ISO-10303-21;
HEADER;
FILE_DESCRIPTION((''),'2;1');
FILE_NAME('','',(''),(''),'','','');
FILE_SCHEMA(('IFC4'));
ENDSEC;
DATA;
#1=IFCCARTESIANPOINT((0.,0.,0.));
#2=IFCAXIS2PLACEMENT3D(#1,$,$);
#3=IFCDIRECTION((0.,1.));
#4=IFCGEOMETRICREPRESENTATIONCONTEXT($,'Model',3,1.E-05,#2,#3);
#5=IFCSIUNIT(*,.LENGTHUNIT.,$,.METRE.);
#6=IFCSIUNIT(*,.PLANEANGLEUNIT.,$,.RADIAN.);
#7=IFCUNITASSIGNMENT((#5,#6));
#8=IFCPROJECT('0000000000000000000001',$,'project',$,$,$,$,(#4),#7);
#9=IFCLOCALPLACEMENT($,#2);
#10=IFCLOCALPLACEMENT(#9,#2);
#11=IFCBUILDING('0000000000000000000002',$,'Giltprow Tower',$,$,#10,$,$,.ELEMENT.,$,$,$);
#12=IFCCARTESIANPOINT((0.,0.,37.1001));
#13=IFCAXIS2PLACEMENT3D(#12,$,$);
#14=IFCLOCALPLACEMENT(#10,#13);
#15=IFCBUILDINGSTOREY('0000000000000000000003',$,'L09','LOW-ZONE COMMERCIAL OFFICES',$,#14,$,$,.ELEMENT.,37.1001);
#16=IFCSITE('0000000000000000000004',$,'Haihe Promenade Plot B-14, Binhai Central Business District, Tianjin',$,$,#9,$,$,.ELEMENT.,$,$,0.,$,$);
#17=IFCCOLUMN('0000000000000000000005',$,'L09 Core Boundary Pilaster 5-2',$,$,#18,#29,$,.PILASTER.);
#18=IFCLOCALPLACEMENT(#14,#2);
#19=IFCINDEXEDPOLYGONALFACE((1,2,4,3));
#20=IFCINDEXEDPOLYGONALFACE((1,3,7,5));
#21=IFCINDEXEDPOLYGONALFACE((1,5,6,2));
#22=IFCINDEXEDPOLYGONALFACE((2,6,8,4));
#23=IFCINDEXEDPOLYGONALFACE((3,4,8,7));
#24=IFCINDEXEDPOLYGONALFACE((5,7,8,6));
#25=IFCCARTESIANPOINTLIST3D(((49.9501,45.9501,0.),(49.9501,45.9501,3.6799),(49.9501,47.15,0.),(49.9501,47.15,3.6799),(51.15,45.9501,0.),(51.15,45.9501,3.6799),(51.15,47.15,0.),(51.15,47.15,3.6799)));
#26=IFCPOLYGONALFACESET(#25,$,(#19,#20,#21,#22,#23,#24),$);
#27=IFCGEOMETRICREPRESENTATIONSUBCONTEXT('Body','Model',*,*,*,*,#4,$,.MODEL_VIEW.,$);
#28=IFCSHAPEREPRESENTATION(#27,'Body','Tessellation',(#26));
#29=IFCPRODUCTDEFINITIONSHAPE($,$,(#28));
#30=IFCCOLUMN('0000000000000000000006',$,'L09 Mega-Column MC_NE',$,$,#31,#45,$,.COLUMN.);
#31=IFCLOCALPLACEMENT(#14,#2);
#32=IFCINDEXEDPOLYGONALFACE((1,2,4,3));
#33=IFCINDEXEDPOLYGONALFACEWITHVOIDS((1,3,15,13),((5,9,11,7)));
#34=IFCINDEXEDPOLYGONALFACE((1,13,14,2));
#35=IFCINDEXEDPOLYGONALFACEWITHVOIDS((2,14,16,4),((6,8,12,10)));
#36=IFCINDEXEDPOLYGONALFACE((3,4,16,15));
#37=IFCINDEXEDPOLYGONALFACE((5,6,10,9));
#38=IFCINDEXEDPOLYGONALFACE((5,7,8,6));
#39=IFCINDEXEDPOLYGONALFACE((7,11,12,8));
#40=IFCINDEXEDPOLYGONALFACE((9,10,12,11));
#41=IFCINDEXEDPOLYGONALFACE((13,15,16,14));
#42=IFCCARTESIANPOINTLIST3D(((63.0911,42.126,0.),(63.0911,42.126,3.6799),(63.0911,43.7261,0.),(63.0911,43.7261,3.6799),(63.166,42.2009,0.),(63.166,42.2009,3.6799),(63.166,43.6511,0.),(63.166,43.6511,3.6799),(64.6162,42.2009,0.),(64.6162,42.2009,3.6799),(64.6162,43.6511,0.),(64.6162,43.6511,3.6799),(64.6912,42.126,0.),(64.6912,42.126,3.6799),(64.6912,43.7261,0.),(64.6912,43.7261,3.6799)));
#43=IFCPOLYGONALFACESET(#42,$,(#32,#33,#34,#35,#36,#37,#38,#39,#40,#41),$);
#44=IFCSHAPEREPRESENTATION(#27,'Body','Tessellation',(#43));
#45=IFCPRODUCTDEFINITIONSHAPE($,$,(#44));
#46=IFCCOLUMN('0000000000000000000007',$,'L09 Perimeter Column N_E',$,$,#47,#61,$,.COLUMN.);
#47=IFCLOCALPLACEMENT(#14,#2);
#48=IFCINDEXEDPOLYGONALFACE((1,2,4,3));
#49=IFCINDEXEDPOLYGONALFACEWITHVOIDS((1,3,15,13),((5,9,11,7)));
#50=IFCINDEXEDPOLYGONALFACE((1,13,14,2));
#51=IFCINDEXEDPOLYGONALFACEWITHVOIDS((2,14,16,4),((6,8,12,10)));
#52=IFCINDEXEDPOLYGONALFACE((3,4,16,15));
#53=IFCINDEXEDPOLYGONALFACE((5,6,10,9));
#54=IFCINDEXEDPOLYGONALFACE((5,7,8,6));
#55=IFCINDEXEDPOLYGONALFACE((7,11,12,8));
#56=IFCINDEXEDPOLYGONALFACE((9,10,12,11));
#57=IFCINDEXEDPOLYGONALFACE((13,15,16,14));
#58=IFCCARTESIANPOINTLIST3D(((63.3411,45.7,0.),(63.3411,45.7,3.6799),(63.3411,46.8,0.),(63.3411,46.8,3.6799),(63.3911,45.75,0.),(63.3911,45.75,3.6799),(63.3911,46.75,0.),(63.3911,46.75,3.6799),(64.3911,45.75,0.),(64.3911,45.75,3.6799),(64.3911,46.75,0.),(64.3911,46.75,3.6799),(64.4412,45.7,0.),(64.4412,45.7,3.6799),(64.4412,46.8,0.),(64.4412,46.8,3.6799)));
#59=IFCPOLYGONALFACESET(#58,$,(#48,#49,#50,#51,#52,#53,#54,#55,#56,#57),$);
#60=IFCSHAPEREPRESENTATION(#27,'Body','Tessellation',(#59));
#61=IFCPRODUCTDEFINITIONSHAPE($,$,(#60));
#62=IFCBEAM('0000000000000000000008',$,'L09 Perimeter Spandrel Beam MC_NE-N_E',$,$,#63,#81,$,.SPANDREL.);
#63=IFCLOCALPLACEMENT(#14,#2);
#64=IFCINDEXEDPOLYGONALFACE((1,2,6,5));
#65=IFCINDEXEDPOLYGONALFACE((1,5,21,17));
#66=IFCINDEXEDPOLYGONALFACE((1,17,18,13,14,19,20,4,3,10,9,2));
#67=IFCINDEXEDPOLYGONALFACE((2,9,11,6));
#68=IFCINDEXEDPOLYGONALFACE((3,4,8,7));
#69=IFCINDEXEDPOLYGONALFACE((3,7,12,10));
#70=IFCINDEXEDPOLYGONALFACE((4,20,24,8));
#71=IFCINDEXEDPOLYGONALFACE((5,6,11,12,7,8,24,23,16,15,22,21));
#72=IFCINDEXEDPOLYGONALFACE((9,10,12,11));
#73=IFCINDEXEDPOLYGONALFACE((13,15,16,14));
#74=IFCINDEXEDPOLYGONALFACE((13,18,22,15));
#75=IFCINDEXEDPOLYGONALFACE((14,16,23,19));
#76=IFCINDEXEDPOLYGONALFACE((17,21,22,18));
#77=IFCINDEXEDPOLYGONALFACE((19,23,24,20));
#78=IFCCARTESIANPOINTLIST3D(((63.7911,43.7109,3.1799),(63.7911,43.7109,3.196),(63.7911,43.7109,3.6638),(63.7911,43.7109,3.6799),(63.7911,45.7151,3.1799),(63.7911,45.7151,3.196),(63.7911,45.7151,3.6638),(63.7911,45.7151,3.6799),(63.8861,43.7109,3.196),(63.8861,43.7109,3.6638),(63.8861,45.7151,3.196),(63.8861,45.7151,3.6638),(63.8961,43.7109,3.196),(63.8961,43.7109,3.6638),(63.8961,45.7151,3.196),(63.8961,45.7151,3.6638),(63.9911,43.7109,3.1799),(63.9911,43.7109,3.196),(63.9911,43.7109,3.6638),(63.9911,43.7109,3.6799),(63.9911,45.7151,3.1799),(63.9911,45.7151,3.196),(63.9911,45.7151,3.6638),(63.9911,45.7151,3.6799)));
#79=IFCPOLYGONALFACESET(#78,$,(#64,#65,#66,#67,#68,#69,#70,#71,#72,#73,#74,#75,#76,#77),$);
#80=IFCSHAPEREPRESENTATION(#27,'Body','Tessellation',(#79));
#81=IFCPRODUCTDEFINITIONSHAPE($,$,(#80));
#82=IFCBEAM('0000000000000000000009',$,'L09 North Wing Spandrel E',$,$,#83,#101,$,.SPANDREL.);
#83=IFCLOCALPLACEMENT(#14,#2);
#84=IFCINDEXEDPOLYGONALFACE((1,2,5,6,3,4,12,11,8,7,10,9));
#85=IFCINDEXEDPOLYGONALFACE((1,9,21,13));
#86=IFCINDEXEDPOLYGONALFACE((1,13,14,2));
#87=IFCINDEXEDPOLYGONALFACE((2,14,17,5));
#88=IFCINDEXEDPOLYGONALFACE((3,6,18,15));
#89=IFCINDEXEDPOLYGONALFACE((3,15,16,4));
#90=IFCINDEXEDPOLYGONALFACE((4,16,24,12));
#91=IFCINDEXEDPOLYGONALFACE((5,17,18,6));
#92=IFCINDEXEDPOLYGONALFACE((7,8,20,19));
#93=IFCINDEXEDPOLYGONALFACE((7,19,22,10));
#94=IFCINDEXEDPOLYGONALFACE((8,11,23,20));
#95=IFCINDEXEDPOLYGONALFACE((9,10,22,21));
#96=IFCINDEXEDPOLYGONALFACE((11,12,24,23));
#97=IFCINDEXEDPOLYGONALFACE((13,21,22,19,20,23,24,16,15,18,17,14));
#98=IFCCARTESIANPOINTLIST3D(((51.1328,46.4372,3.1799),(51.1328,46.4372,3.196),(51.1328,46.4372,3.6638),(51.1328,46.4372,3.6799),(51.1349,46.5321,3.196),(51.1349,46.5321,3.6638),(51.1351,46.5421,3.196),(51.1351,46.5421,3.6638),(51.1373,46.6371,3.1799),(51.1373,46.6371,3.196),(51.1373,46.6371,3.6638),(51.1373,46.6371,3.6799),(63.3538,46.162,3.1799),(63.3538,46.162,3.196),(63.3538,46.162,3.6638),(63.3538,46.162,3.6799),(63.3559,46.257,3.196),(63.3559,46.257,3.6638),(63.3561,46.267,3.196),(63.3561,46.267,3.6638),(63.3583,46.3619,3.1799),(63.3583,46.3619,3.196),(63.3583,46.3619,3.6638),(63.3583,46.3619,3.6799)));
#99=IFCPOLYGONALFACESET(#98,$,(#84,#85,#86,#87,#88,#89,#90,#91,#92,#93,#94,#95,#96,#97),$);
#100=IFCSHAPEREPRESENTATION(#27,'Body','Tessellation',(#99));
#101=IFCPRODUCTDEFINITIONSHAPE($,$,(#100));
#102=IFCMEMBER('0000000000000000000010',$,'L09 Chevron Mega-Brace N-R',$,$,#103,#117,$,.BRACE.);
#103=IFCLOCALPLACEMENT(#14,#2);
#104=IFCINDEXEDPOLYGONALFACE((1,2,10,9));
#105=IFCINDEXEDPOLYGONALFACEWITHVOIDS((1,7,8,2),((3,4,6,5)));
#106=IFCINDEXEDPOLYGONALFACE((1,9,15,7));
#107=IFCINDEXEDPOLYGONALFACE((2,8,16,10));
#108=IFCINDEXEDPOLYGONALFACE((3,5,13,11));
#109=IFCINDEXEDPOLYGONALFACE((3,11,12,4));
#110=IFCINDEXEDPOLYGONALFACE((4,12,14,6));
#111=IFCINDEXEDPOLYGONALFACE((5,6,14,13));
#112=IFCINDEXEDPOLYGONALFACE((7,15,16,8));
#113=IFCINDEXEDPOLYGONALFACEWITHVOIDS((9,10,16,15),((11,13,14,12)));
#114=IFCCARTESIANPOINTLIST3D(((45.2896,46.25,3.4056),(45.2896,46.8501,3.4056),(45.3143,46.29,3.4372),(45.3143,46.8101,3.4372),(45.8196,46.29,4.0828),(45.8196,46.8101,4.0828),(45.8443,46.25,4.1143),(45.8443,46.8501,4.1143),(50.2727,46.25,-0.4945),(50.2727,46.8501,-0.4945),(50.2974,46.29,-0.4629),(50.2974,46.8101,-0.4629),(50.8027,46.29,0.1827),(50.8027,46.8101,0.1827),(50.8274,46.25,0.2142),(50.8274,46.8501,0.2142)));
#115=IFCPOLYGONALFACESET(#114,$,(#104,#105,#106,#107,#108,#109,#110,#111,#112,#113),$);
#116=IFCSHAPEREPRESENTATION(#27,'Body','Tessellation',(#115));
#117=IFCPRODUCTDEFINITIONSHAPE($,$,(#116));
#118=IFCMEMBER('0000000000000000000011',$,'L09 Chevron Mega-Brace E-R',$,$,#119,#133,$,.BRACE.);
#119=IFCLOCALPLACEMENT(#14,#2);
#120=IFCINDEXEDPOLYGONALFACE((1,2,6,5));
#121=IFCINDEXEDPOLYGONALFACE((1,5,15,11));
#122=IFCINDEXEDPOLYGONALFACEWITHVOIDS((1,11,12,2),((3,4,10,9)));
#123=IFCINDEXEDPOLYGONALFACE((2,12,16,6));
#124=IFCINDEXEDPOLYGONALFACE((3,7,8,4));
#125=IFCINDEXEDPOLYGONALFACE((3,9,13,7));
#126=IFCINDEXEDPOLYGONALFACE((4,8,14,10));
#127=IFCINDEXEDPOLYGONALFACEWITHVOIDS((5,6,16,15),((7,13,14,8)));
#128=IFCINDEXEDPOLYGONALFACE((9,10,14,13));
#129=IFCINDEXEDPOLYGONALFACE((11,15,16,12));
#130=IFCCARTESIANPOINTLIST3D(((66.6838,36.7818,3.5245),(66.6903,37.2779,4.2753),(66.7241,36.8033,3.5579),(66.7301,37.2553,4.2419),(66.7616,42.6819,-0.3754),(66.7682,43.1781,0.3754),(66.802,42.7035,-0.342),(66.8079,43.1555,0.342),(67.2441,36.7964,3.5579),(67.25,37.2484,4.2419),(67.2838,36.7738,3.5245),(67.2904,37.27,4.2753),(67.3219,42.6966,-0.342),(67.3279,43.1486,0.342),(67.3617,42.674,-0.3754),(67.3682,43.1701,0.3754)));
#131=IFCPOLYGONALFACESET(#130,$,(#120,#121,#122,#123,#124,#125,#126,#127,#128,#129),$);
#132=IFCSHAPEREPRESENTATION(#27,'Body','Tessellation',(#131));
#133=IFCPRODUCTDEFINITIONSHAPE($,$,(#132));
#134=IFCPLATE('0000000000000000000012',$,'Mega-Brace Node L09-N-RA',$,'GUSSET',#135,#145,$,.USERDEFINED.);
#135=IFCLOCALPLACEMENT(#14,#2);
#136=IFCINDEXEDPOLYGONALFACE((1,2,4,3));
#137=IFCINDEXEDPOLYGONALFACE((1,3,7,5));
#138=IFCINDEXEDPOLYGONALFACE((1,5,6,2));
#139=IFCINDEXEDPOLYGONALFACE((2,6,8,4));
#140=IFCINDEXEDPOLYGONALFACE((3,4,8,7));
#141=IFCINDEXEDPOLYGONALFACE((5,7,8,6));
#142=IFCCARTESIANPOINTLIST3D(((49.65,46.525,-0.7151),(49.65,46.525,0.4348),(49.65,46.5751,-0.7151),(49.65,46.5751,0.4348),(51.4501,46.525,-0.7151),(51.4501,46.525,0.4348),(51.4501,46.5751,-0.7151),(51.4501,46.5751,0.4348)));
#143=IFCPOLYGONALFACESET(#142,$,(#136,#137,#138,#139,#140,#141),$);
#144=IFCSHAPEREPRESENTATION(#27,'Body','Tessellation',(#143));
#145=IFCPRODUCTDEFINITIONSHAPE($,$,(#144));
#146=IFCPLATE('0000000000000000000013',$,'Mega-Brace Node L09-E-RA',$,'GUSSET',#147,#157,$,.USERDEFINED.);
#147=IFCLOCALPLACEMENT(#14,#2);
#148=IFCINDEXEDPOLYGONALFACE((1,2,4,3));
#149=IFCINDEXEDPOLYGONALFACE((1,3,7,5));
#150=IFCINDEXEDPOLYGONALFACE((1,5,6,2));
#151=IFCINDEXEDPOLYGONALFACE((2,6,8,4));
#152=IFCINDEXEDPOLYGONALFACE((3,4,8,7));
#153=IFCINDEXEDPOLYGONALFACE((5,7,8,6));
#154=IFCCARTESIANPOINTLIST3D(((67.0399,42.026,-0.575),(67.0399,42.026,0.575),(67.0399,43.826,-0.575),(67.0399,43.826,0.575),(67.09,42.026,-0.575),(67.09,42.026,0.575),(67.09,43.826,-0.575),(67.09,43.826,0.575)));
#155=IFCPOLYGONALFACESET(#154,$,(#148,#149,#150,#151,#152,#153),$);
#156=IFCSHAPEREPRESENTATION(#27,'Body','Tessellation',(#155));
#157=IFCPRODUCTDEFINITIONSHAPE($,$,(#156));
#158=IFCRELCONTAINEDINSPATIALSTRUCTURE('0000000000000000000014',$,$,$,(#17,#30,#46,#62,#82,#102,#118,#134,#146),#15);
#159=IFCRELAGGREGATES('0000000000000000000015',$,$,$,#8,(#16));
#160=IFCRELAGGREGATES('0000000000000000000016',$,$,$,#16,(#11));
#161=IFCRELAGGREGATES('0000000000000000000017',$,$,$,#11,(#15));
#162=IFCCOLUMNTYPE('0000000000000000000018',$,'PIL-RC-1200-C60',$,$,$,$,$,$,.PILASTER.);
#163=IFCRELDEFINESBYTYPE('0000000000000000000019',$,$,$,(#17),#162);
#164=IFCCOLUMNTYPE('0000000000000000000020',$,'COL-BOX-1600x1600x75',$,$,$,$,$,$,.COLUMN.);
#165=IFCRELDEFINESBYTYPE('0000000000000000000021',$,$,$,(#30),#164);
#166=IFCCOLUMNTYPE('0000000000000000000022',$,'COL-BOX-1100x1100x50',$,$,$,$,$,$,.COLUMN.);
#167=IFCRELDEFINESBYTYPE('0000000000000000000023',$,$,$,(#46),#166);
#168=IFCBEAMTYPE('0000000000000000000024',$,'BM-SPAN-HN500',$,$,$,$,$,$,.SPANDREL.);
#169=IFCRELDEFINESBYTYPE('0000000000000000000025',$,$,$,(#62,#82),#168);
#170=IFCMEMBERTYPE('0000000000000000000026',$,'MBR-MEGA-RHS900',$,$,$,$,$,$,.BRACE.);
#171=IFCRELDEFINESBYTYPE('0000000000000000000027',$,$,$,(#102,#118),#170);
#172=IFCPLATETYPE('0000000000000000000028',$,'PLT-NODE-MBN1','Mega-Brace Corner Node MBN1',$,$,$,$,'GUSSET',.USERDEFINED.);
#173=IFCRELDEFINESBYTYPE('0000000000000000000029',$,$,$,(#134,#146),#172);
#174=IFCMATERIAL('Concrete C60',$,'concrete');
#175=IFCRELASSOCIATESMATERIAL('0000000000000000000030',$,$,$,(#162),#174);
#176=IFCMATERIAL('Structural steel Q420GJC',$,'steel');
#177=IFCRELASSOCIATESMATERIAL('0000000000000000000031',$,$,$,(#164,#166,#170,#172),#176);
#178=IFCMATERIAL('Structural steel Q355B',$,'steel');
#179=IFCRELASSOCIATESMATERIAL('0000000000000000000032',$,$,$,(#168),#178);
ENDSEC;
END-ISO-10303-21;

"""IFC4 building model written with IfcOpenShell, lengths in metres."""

from ifc_helpers import new_model, si_unit, direction, frame, origin, origin_2d, place, context, subcontext, project, spatial, rectangle, hollow_rectangle, i_section, extrude, source, transform, mapped, material, material_profile, profile_set, type_object, element, save


model = new_model("IFC4")

# Units and contexts
model_context = context("Model", 3, precision=1e-05, world=origin(), true_north=direction((0.0, 1.0)))
body_context = subcontext(model_context, "Body", "Model", "MODEL_VIEW")
ifc_project = project(units=[si_unit("LENGTHUNIT", "METRE"), si_unit("PLANEANGLEUNIT", "RADIAN")], contexts=[model_context])

# Site, building, storey
site_placement = place(None, origin())
site = spatial("IfcSite", under=ifc_project, at=site_placement, Name="Haihe Promenade Plot B-14, Binhai Central Business District, Tianjin", CompositionType="ELEMENT", RefElevation=0.0)
building_placement = place(site_placement, origin())
building = spatial("IfcBuilding", under=site, at=building_placement, Name="Giltprow Tower", CompositionType="ELEMENT")
storey_placement = place(building_placement, frame((0.0, 0.0, 37.1001)))
storey = spatial("IfcBuildingStorey", under=building, at=storey_placement, Name="L09", Description="LOW-ZONE COMMERCIAL OFFICES", CompositionType="ELEMENT", Elevation=37.1001)

# Columns
ifc_material_1 = material(Name="Concrete C60", Category="concrete")
ifc_material_profile_1 = material_profile(ifc_material_1, rectangle(XDim=1.2, YDim=1.2, at=origin_2d()), Name="RC 1200x1200")
ifc_profile_set_1 = profile_set([ifc_material_profile_1], Name="Concrete C60")
column_type_1 = type_object("IfcColumnType", Name="PIL-RC-1200-C60", PredefinedType="PILASTER", material=ifc_profile_set_1)
shared_shape_1 = source(origin(), body_context, "Body", "SweptSolid", [
    extrude(rectangle(XDim=1.2, YDim=1.2, at=origin_2d()), origin(), (0.0, 0.0, 1.0), 3.6799),
])
column_1_placement = place(storey_placement, frame((50.55, 46.55, 0.0), z_axis=(0.0, 0.0, 1.0), x_axis=(1.0, 0.0, 0.0)))
element("IfcColumn", 1, at=column_1_placement, inside=storey, type_object=column_type_1, Name="L09 Core Boundary Pilaster 5-2", PredefinedType="PILASTER", context=body_context, shape_type="MappedRepresentation", body=[
    mapped(shared_shape_1, transform((0.0, 0.0, 0.0), x_axis=(1.0, 0.0, 0.0), y_axis=(0.0, 1.0, 0.0), z_axis=(0.0, 0.0, 1.0), scale=1.0)),
])
ifc_material_2 = material(Name="Structural steel Q420GJC", Category="steel")
ifc_material_profile_2 = material_profile(ifc_material_2, hollow_rectangle(XDim=1.6001, YDim=1.6001, WallThickness=0.075, at=origin_2d()), Name="BOX 1600x1600x75")
ifc_profile_set_2 = profile_set([ifc_material_profile_2], Name="Structural steel Q420GJC")
column_type_2 = type_object("IfcColumnType", Name="COL-BOX-1600x1600x75", PredefinedType="COLUMN", material=ifc_profile_set_2)
shared_shape_2 = source(origin(), body_context, "Body", "SweptSolid", [
    extrude(hollow_rectangle(XDim=1.6001, YDim=1.6001, WallThickness=0.075, at=origin_2d()), origin(), (0.0, 0.0, 1.0), 3.6799),
])
column_2_placement = place(storey_placement, frame((63.8911, 42.926, 0.0), z_axis=(0.0, 0.0, 1.0), x_axis=(1.0, 0.0, 0.0)))
element("IfcColumn", 2, at=column_2_placement, inside=storey, type_object=column_type_2, Name="L09 Mega-Column MC_NE", PredefinedType="COLUMN", context=body_context, shape_type="MappedRepresentation", body=[
    mapped(shared_shape_2, transform((0.0, 0.0, 0.0), x_axis=(1.0, 0.0, 0.0), y_axis=(0.0, 1.0, 0.0), z_axis=(0.0, 0.0, 1.0), scale=1.0)),
])
ifc_material_profile_3 = material_profile(ifc_material_2, hollow_rectangle(XDim=1.1001, YDim=1.1001, WallThickness=0.05, at=origin_2d()), Name="BOX 1100x1100x50")
ifc_profile_set_3 = profile_set([ifc_material_profile_3], Name="Structural steel Q420GJC")
column_type_3 = type_object("IfcColumnType", Name="COL-BOX-1100x1100x50", PredefinedType="COLUMN", material=ifc_profile_set_3)
shared_shape_3 = source(origin(), body_context, "Body", "SweptSolid", [
    extrude(hollow_rectangle(XDim=1.1001, YDim=1.1001, WallThickness=0.05, at=origin_2d()), origin(), (0.0, 0.0, 1.0), 3.6799),
])
column_3_placement = place(storey_placement, frame((63.8911, 46.25, 0.0), z_axis=(0.0, 0.0, 1.0), x_axis=(1.0, 0.0, 0.0)))
element("IfcColumn", 3, at=column_3_placement, inside=storey, type_object=column_type_3, Name="L09 Perimeter Column N_E", PredefinedType="COLUMN", context=body_context, shape_type="MappedRepresentation", body=[
    mapped(shared_shape_3, transform((0.0, 0.0, 0.0), x_axis=(1.0, 0.0, 0.0), y_axis=(0.0, 1.0, 0.0), z_axis=(0.0, 0.0, 1.0), scale=1.0)),
])

# Beams
ifc_material_3 = material(Name="Structural steel Q355B", Category="steel")
ifc_material_profile_4 = material_profile(ifc_material_3, i_section(OverallWidth=0.2, OverallDepth=0.5, WebThickness=0.01, FlangeThickness=0.0161, at=origin_2d()), Name="HN 500x200x10x16")
ifc_profile_set_4 = profile_set([ifc_material_profile_4], Name="Structural steel Q355B")
beam_type = type_object("IfcBeamType", Name="BM-SPAN-HN500", PredefinedType="SPANDREL", material=ifc_profile_set_4)
shared_shape_4 = source(origin(), body_context, "Body", "SweptSolid", [
    extrude(i_section(OverallWidth=0.2, OverallDepth=0.5, WebThickness=0.01, FlangeThickness=0.0161, at=origin_2d()), origin(), (0.0, 0.0, 1.0), 2.0042),
])
beam_1_placement = place(storey_placement, frame((63.8911, 43.7109, 3.4299), z_axis=(0.0, 1.0, 0.0), x_axis=(-1.0, 0.0, 0.0)))
element("IfcBeam", 4, at=beam_1_placement, inside=storey, type_object=beam_type, Name="L09 Perimeter Spandrel Beam MC_NE-N_E", PredefinedType="SPANDREL", context=body_context, shape_type="MappedRepresentation", body=[
    mapped(shared_shape_4, transform((0.0, 0.0, 0.0), x_axis=(1.0, 0.0, 0.0), y_axis=(0.0, 1.0, 0.0), z_axis=(0.0, 0.0, 1.0), scale=1.0)),
])
shared_shape_5 = source(origin(), body_context, "Body", "SweptSolid", [
    extrude(i_section(OverallWidth=0.2, OverallDepth=0.5, WebThickness=0.01, FlangeThickness=0.0161, at=origin_2d()), origin(), (0.0, 0.0, 1.0), 12.2241),
])
beam_2_placement = place(storey_placement, frame((51.135, 46.5371, 3.4299), z_axis=(0.999747, -0.022509, 0.0), x_axis=(0.022509, 0.999747, 0.0)))
element("IfcBeam", 5, at=beam_2_placement, inside=storey, type_object=beam_type, Name="L09 North Wing Spandrel E", PredefinedType="SPANDREL", context=body_context, shape_type="MappedRepresentation", body=[
    mapped(shared_shape_5, transform((0.0, 0.0, 0.0), x_axis=(1.0, 0.0, 0.0), y_axis=(0.0, 1.0, 0.0), z_axis=(0.0, 0.0, 1.0), scale=1.0)),
])

# Members
ifc_material_profile_5 = material_profile(ifc_material_2, hollow_rectangle(XDim=0.6001, YDim=0.8999, WallThickness=0.04, at=origin_2d()), Name="RHS 900x600x40")
ifc_profile_set_5 = profile_set([ifc_material_profile_5], Name="Structural steel Q420GJC")
member_type = type_object("IfcMemberType", Name="MBR-MEGA-RHS900", PredefinedType="BRACE", material=ifc_profile_set_5)
shared_shape_6 = source(origin(), body_context, "Body", "SweptSolid", [
    extrude(hollow_rectangle(XDim=0.6001, YDim=0.8999, WallThickness=0.04, at=origin_2d()), origin(), (0.0, 0.0, 1.0), 6.3279),
])
member_1_placement = place(storey_placement, frame((50.55, 46.55, -0.1401), z_axis=(-0.787483, 0.0, 0.616336), x_axis=(0.0, -1.0, 0.0)))
element("IfcMember", 6, at=member_1_placement, inside=storey, type_object=member_type, Name="L09 Chevron Mega-Brace N-R", PredefinedType="BRACE", context=body_context, shape_type="MappedRepresentation", body=[
    mapped(shared_shape_6, transform((0.0, 0.0, 0.0), x_axis=(1.0, 0.0, 0.0), y_axis=(0.0, 1.0, 0.0), z_axis=(0.0, 0.0, 1.0), scale=1.0)),
])
shared_shape_7 = source(origin(), body_context, "Body", "SweptSolid", [
    extrude(hollow_rectangle(XDim=0.6001, YDim=0.8999, WallThickness=0.04, at=origin_2d()), origin(), (0.0, 0.0, 1.0), 7.073),
])
member_2_placement = place(storey_placement, frame((67.0649, 42.926, 0.0), z_axis=(-0.011011, -0.834181, 0.55138), x_axis=(0.999913, -0.013199, 0.0)))
element("IfcMember", 7, at=member_2_placement, inside=storey, type_object=member_type, Name="L09 Chevron Mega-Brace E-R", PredefinedType="BRACE", context=body_context, shape_type="MappedRepresentation", body=[
    mapped(shared_shape_7, transform((0.0, 0.0, 0.0), x_axis=(1.0, 0.0, 0.0), y_axis=(0.0, 1.0, 0.0), z_axis=(0.0, 0.0, 1.0), scale=1.0)),
])

# Plates
plate_type = type_object("IfcPlateType", Name="PLT-NODE-MBN1", Description="Mega-Brace Corner Node MBN1", ElementType="GUSSET", PredefinedType="USERDEFINED", material=ifc_material_2)
shared_shape_8 = source(origin(), body_context, "Body", "SweptSolid", [
    extrude(rectangle(XDim=1.8, YDim=0.05, at=origin_2d()), origin(), (0.0, 0.0, 1.0), 1.1499),
])
for number, where, z_axis, x_axis, name in (
    (8, (50.55, 46.55, -0.7151), (0.0, 0.0, 1.0), (1.0, 0.0, 0.0), "Mega-Brace Node L09-N-RA"),
    (9, (67.0649, 42.926, -0.575), (0.0, 0.0, 1.0), (0.0, 1.0, 0.0), "Mega-Brace Node L09-E-RA"),
):
    element("IfcPlate", number, at=place(storey_placement, frame(where, z_axis=z_axis, x_axis=x_axis)), inside=storey, type_object=plate_type, Name=name, ObjectType="GUSSET", PredefinedType="USERDEFINED", context=body_context, shape_type="MappedRepresentation", body=[
        mapped(shared_shape_8, transform((0.0, 0.0, 0.0), x_axis=(1.0, 0.0, 0.0), y_axis=(0.0, 1.0, 0.0), z_axis=(0.0, 0.0, 1.0), scale=1.0)),
    ])

save(model, "model.ifc")
